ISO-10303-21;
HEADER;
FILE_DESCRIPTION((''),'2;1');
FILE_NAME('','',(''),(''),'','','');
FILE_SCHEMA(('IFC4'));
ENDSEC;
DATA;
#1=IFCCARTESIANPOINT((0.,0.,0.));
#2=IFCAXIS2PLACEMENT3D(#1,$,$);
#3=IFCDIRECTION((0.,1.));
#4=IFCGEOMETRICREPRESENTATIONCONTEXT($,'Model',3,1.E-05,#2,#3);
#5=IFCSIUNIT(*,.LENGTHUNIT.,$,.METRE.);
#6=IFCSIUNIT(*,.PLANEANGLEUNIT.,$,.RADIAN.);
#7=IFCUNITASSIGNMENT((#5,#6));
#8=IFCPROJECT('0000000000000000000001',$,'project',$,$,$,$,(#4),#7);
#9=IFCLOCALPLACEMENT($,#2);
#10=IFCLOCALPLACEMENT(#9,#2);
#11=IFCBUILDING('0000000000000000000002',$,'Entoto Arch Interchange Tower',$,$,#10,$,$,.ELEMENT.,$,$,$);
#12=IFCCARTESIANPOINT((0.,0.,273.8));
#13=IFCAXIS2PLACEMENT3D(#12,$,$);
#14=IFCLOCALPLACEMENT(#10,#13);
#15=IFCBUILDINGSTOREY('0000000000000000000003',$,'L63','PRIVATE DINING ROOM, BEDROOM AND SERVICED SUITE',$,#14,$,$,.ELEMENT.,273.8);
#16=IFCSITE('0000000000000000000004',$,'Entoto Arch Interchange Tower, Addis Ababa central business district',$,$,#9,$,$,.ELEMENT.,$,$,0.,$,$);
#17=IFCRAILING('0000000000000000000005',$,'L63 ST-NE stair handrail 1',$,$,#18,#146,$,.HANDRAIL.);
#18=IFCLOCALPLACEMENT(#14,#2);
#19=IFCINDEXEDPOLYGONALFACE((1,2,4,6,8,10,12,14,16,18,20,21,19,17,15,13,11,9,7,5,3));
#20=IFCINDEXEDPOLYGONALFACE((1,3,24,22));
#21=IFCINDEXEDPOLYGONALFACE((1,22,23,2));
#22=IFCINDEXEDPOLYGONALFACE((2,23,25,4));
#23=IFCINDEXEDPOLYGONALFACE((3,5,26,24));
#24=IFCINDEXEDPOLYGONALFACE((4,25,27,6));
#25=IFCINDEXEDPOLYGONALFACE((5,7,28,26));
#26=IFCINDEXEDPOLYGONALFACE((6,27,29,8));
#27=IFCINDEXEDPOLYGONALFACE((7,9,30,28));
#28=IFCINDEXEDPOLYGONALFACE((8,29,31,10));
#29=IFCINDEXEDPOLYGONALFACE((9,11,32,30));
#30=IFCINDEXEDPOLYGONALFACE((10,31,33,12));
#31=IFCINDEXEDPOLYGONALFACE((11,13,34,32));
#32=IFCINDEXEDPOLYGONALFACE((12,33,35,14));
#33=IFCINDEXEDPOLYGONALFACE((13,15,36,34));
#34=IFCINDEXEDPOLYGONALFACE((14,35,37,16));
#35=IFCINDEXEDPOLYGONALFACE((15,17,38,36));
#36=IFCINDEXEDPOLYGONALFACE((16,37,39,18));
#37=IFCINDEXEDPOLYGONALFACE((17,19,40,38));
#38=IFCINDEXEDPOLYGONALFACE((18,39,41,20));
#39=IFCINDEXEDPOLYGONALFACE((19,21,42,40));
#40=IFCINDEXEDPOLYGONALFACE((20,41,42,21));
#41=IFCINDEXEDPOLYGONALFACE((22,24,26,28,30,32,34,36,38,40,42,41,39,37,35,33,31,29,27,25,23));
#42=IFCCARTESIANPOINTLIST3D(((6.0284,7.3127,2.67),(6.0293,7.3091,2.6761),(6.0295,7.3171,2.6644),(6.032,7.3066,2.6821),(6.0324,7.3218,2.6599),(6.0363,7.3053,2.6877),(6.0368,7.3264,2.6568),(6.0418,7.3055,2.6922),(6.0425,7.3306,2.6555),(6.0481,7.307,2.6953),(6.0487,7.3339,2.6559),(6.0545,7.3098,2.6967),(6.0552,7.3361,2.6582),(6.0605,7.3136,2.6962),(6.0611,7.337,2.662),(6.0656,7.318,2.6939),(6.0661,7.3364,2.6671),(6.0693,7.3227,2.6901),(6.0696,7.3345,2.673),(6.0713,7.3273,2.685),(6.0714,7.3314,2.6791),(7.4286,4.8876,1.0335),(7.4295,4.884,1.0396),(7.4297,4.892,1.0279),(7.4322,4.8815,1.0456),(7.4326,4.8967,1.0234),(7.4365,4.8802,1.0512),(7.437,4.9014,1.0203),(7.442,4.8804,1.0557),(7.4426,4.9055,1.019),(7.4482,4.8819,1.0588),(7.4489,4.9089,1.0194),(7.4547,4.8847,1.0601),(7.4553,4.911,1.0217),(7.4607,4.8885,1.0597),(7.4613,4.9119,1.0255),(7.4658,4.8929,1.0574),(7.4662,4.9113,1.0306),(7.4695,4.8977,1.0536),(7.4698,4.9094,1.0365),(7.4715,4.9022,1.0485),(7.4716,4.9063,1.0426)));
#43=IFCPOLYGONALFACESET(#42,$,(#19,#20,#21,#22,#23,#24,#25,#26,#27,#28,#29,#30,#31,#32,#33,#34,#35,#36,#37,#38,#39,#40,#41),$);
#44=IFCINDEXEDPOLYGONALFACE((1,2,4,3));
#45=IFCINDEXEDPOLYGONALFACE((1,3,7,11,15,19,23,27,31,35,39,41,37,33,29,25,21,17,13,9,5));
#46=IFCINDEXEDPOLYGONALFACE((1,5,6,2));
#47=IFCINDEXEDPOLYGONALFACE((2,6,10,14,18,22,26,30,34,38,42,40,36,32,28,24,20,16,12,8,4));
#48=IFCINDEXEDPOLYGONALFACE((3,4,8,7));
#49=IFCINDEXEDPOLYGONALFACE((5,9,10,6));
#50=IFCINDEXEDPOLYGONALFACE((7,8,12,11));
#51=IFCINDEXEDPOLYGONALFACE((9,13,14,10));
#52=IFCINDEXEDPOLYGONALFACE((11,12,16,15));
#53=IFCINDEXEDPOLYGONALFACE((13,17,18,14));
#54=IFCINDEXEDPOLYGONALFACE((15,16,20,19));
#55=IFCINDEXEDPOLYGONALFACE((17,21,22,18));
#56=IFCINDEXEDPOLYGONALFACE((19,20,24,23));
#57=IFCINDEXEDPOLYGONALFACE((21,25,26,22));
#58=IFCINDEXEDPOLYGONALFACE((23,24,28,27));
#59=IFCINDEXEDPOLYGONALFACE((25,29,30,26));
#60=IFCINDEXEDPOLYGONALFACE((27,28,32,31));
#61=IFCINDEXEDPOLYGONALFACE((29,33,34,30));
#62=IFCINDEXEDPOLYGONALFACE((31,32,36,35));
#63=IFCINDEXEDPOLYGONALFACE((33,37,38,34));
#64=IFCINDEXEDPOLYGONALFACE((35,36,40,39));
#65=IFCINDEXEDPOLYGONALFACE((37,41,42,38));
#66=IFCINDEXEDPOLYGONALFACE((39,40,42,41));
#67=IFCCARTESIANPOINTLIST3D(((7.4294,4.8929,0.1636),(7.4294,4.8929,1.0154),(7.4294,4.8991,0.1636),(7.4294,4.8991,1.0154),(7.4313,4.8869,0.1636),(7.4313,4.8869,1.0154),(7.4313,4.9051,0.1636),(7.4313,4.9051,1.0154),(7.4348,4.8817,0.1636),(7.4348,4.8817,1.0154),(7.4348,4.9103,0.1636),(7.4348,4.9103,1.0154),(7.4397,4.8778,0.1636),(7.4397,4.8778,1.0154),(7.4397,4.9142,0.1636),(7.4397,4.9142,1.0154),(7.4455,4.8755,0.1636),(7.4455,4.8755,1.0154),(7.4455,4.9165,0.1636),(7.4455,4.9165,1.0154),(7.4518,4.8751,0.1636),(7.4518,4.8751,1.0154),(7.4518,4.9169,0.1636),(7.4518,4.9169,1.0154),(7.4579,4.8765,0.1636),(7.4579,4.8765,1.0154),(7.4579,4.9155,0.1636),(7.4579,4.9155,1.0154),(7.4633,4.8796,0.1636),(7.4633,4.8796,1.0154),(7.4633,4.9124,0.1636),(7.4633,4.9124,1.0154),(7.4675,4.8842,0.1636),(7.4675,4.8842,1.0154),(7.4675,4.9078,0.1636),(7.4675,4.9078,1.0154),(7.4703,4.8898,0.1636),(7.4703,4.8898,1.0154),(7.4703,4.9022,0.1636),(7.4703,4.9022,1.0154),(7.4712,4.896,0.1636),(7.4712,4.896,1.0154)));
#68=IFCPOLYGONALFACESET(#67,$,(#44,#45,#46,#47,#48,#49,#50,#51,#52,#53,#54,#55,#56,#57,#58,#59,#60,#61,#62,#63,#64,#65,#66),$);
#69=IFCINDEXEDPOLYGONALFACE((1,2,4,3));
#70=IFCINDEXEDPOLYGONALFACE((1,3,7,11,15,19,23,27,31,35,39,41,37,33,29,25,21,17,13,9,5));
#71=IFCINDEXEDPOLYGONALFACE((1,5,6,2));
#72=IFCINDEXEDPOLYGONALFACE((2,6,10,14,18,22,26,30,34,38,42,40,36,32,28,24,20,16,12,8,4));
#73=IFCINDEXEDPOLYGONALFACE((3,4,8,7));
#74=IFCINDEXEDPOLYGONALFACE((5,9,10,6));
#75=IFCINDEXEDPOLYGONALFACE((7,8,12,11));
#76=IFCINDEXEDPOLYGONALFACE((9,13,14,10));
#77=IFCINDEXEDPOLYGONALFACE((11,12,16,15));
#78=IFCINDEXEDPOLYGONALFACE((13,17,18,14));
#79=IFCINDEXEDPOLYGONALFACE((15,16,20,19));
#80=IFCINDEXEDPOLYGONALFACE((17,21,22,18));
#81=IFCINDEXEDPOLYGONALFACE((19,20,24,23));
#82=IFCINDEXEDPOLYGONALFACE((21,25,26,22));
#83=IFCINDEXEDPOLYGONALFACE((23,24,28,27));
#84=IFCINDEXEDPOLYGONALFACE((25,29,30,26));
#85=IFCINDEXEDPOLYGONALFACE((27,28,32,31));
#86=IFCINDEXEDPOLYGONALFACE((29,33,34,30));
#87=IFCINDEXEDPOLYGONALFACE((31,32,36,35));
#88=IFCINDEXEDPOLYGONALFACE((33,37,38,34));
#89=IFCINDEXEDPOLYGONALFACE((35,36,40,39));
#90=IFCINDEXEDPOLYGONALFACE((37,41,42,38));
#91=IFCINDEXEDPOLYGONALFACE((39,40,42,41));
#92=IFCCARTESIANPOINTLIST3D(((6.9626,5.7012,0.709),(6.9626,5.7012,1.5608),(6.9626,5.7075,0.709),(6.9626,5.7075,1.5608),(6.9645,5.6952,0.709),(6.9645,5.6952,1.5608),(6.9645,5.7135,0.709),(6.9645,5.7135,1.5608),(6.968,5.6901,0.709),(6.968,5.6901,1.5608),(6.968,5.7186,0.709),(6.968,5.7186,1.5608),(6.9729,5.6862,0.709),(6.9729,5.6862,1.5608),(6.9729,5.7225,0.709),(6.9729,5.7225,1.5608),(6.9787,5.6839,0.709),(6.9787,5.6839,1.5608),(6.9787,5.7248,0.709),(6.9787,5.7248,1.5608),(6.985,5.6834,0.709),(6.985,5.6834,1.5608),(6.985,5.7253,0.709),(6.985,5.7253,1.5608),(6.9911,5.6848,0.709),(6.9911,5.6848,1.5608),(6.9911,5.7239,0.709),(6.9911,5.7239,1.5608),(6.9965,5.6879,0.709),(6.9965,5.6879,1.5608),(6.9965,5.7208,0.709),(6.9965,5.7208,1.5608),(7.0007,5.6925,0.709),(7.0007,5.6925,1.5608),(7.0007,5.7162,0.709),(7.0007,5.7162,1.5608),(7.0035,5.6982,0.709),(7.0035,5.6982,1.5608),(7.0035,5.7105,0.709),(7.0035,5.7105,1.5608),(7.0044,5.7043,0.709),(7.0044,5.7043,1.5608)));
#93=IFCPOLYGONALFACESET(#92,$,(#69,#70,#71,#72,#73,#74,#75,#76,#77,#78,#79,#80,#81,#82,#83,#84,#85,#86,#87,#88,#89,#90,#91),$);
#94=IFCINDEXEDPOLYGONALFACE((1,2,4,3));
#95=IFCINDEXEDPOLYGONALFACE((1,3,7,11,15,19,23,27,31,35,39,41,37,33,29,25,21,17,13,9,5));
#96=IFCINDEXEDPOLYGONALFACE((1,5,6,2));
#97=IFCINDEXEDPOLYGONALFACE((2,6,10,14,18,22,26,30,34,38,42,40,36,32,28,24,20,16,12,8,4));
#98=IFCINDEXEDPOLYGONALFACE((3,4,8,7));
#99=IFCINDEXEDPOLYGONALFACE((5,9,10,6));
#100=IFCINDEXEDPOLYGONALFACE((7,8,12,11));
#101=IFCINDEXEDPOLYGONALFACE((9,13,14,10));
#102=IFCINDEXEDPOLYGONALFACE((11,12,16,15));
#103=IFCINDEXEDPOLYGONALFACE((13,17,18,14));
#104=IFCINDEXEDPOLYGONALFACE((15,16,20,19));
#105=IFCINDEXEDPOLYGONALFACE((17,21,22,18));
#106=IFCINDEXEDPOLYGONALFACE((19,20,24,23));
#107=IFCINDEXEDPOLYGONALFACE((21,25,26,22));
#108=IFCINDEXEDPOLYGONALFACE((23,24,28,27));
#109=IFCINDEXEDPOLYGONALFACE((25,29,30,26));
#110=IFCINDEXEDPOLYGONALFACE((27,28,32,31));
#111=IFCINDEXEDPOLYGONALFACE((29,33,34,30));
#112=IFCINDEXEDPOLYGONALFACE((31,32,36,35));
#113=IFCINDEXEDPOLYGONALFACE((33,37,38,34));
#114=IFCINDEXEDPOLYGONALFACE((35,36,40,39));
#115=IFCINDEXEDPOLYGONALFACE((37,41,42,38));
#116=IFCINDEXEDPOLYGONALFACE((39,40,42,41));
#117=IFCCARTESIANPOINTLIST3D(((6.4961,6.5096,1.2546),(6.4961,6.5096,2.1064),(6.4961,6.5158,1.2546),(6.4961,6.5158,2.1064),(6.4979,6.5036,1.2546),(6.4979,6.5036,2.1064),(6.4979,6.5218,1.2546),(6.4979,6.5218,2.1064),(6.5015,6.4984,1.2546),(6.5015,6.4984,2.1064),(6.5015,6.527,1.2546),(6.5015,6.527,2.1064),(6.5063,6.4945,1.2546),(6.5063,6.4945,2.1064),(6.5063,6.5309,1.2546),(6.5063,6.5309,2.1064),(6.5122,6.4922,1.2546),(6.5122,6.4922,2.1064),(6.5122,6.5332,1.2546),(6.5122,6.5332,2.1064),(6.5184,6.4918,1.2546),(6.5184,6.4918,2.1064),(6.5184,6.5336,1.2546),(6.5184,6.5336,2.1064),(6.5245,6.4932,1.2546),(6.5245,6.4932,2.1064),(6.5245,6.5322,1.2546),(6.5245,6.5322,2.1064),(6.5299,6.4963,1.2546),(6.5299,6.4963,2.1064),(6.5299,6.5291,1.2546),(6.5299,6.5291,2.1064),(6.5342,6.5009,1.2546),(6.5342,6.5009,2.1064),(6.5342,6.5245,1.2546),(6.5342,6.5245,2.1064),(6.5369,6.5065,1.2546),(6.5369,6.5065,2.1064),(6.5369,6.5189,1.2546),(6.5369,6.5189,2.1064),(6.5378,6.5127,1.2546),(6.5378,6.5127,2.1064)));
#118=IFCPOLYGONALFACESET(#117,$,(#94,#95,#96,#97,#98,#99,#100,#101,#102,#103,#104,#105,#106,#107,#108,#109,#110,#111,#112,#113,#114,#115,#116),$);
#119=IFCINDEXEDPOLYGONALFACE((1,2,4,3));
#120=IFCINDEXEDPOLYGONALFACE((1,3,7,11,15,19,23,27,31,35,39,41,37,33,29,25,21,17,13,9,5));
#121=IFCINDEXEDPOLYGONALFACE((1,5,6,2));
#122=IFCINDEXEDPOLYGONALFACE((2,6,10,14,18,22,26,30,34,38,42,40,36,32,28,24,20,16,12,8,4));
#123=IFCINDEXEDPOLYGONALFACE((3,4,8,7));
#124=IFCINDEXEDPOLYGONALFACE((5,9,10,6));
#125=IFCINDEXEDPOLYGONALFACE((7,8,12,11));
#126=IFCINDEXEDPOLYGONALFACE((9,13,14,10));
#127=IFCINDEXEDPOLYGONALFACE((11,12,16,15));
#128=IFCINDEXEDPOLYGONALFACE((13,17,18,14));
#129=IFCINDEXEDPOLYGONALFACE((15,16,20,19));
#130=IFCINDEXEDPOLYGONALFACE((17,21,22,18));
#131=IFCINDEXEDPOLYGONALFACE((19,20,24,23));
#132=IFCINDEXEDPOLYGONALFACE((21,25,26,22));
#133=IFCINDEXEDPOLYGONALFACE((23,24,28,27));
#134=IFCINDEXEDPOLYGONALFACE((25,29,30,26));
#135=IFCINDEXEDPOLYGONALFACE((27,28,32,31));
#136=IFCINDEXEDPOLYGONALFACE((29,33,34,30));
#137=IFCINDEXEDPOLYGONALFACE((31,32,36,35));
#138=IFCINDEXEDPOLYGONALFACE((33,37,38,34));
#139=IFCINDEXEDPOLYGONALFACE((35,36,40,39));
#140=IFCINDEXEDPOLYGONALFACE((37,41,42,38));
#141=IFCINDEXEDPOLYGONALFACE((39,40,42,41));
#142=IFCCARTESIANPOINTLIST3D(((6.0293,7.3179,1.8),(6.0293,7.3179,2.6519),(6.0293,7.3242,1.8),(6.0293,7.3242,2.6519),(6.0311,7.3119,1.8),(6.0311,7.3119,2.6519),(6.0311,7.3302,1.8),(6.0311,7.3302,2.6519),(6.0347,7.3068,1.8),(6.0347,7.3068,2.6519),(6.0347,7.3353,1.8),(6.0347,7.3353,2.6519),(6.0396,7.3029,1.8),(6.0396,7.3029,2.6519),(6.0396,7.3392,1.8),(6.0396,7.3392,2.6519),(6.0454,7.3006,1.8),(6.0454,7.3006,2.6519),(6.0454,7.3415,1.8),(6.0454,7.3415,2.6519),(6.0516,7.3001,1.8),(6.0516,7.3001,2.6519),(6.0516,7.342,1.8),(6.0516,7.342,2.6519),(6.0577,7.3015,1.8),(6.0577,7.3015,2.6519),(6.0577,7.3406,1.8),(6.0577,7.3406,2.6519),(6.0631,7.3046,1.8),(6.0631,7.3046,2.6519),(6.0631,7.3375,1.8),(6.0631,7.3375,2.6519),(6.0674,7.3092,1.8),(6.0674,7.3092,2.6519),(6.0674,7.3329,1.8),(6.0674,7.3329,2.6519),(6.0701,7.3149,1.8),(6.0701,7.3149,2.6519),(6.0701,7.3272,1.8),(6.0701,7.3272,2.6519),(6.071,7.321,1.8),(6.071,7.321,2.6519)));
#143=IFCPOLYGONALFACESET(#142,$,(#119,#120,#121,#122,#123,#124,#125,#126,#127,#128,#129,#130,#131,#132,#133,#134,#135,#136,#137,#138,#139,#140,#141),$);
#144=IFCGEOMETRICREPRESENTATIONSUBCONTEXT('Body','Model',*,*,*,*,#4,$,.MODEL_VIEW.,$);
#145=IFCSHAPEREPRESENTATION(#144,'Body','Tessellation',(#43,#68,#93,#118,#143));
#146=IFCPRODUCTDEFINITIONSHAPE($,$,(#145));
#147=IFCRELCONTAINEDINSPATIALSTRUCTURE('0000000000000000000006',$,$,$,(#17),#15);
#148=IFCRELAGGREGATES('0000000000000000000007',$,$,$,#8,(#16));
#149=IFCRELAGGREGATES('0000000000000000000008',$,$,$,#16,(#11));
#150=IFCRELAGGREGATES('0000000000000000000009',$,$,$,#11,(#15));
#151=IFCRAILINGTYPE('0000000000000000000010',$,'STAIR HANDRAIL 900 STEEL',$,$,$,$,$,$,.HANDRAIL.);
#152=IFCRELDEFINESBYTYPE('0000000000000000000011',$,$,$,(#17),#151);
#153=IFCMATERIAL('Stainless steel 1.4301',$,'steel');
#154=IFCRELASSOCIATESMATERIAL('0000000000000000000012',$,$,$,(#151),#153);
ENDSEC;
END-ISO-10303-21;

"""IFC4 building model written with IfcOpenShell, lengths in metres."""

from ifc_helpers import new_model, si_unit, direction, frame, origin, origin_2d, place, context, subcontext, project, spatial, circle, extrude, material, type_object, element, save


model = new_model("IFC4")

# Units and contexts
model_context = context("Model", 3, precision=1e-05, world=origin(), true_north=direction((0.0, 1.0)))
body_context = subcontext(model_context, "Body", "Model", "MODEL_VIEW")
ifc_project = project(units=[si_unit("LENGTHUNIT", "METRE"), si_unit("PLANEANGLEUNIT", "RADIAN")], contexts=[model_context])

# Site, building, storey
site_placement = place(None, origin())
site = spatial("IfcSite", under=ifc_project, at=site_placement, Name="Entoto Arch Interchange Tower, Addis Ababa central business district", CompositionType="ELEMENT", RefElevation=0.0)
building_placement = place(site_placement, origin())
building = spatial("IfcBuilding", under=site, at=building_placement, Name="Entoto Arch Interchange Tower", CompositionType="ELEMENT")
storey_placement = place(building_placement, frame((0.0, 0.0, 273.8)))
storey = spatial("IfcBuildingStorey", under=building, at=storey_placement, Name="L63", Description="PRIVATE DINING ROOM, BEDROOM AND SERVICED SUITE", CompositionType="ELEMENT", Elevation=273.8)

# Shared definitions
ifc_material_1 = material(Name="Stainless steel 1.4301", Category="steel")

# Railing
railing_type_1 = type_object("IfcRailingType", Name="STAIR HANDRAIL 900 STEEL", PredefinedType="HANDRAIL", material=ifc_material_1)
railing_1_placement = place(storey_placement, frame((7.4502, 4.896, 0.1636)))
element("IfcRailing", 1, at=railing_1_placement, inside=storey, type_object=railing_type_1, Name="L63 ST-NE stair handrail 1", PredefinedType="HANDRAIL", context=body_context, shape_type="SweptSolid", body=[
    extrude(circle(Radius=0.0239, at=origin_2d()), frame((0.0, 0.0, 0.876), z_axis=(-0.431698, 0.747699, 0.504563), x_axis=(-0.866019, -0.500012, 0.0)), (0.0, 0.0, 1.0), 3.2434),
    extrude(circle(Radius=0.021, at=origin_2d()), origin(), (0.0, 0.0, 1.0), 0.8518),
    extrude(circle(Radius=0.021, at=origin_2d()), frame((-0.4668, 0.8083, 0.5454)), (0.0, 0.0, 1.0), 0.8518),
    extrude(circle(Radius=0.021, at=origin_2d()), frame((-0.9333, 1.6167, 1.0911)), (0.0, 0.0, 1.0), 0.8518),
    extrude(circle(Radius=0.021, at=origin_2d()), frame((-1.4001, 2.425, 1.6365)), (0.0, 0.0, 1.0), 0.8518),
])

save(model, "model.ifc")
